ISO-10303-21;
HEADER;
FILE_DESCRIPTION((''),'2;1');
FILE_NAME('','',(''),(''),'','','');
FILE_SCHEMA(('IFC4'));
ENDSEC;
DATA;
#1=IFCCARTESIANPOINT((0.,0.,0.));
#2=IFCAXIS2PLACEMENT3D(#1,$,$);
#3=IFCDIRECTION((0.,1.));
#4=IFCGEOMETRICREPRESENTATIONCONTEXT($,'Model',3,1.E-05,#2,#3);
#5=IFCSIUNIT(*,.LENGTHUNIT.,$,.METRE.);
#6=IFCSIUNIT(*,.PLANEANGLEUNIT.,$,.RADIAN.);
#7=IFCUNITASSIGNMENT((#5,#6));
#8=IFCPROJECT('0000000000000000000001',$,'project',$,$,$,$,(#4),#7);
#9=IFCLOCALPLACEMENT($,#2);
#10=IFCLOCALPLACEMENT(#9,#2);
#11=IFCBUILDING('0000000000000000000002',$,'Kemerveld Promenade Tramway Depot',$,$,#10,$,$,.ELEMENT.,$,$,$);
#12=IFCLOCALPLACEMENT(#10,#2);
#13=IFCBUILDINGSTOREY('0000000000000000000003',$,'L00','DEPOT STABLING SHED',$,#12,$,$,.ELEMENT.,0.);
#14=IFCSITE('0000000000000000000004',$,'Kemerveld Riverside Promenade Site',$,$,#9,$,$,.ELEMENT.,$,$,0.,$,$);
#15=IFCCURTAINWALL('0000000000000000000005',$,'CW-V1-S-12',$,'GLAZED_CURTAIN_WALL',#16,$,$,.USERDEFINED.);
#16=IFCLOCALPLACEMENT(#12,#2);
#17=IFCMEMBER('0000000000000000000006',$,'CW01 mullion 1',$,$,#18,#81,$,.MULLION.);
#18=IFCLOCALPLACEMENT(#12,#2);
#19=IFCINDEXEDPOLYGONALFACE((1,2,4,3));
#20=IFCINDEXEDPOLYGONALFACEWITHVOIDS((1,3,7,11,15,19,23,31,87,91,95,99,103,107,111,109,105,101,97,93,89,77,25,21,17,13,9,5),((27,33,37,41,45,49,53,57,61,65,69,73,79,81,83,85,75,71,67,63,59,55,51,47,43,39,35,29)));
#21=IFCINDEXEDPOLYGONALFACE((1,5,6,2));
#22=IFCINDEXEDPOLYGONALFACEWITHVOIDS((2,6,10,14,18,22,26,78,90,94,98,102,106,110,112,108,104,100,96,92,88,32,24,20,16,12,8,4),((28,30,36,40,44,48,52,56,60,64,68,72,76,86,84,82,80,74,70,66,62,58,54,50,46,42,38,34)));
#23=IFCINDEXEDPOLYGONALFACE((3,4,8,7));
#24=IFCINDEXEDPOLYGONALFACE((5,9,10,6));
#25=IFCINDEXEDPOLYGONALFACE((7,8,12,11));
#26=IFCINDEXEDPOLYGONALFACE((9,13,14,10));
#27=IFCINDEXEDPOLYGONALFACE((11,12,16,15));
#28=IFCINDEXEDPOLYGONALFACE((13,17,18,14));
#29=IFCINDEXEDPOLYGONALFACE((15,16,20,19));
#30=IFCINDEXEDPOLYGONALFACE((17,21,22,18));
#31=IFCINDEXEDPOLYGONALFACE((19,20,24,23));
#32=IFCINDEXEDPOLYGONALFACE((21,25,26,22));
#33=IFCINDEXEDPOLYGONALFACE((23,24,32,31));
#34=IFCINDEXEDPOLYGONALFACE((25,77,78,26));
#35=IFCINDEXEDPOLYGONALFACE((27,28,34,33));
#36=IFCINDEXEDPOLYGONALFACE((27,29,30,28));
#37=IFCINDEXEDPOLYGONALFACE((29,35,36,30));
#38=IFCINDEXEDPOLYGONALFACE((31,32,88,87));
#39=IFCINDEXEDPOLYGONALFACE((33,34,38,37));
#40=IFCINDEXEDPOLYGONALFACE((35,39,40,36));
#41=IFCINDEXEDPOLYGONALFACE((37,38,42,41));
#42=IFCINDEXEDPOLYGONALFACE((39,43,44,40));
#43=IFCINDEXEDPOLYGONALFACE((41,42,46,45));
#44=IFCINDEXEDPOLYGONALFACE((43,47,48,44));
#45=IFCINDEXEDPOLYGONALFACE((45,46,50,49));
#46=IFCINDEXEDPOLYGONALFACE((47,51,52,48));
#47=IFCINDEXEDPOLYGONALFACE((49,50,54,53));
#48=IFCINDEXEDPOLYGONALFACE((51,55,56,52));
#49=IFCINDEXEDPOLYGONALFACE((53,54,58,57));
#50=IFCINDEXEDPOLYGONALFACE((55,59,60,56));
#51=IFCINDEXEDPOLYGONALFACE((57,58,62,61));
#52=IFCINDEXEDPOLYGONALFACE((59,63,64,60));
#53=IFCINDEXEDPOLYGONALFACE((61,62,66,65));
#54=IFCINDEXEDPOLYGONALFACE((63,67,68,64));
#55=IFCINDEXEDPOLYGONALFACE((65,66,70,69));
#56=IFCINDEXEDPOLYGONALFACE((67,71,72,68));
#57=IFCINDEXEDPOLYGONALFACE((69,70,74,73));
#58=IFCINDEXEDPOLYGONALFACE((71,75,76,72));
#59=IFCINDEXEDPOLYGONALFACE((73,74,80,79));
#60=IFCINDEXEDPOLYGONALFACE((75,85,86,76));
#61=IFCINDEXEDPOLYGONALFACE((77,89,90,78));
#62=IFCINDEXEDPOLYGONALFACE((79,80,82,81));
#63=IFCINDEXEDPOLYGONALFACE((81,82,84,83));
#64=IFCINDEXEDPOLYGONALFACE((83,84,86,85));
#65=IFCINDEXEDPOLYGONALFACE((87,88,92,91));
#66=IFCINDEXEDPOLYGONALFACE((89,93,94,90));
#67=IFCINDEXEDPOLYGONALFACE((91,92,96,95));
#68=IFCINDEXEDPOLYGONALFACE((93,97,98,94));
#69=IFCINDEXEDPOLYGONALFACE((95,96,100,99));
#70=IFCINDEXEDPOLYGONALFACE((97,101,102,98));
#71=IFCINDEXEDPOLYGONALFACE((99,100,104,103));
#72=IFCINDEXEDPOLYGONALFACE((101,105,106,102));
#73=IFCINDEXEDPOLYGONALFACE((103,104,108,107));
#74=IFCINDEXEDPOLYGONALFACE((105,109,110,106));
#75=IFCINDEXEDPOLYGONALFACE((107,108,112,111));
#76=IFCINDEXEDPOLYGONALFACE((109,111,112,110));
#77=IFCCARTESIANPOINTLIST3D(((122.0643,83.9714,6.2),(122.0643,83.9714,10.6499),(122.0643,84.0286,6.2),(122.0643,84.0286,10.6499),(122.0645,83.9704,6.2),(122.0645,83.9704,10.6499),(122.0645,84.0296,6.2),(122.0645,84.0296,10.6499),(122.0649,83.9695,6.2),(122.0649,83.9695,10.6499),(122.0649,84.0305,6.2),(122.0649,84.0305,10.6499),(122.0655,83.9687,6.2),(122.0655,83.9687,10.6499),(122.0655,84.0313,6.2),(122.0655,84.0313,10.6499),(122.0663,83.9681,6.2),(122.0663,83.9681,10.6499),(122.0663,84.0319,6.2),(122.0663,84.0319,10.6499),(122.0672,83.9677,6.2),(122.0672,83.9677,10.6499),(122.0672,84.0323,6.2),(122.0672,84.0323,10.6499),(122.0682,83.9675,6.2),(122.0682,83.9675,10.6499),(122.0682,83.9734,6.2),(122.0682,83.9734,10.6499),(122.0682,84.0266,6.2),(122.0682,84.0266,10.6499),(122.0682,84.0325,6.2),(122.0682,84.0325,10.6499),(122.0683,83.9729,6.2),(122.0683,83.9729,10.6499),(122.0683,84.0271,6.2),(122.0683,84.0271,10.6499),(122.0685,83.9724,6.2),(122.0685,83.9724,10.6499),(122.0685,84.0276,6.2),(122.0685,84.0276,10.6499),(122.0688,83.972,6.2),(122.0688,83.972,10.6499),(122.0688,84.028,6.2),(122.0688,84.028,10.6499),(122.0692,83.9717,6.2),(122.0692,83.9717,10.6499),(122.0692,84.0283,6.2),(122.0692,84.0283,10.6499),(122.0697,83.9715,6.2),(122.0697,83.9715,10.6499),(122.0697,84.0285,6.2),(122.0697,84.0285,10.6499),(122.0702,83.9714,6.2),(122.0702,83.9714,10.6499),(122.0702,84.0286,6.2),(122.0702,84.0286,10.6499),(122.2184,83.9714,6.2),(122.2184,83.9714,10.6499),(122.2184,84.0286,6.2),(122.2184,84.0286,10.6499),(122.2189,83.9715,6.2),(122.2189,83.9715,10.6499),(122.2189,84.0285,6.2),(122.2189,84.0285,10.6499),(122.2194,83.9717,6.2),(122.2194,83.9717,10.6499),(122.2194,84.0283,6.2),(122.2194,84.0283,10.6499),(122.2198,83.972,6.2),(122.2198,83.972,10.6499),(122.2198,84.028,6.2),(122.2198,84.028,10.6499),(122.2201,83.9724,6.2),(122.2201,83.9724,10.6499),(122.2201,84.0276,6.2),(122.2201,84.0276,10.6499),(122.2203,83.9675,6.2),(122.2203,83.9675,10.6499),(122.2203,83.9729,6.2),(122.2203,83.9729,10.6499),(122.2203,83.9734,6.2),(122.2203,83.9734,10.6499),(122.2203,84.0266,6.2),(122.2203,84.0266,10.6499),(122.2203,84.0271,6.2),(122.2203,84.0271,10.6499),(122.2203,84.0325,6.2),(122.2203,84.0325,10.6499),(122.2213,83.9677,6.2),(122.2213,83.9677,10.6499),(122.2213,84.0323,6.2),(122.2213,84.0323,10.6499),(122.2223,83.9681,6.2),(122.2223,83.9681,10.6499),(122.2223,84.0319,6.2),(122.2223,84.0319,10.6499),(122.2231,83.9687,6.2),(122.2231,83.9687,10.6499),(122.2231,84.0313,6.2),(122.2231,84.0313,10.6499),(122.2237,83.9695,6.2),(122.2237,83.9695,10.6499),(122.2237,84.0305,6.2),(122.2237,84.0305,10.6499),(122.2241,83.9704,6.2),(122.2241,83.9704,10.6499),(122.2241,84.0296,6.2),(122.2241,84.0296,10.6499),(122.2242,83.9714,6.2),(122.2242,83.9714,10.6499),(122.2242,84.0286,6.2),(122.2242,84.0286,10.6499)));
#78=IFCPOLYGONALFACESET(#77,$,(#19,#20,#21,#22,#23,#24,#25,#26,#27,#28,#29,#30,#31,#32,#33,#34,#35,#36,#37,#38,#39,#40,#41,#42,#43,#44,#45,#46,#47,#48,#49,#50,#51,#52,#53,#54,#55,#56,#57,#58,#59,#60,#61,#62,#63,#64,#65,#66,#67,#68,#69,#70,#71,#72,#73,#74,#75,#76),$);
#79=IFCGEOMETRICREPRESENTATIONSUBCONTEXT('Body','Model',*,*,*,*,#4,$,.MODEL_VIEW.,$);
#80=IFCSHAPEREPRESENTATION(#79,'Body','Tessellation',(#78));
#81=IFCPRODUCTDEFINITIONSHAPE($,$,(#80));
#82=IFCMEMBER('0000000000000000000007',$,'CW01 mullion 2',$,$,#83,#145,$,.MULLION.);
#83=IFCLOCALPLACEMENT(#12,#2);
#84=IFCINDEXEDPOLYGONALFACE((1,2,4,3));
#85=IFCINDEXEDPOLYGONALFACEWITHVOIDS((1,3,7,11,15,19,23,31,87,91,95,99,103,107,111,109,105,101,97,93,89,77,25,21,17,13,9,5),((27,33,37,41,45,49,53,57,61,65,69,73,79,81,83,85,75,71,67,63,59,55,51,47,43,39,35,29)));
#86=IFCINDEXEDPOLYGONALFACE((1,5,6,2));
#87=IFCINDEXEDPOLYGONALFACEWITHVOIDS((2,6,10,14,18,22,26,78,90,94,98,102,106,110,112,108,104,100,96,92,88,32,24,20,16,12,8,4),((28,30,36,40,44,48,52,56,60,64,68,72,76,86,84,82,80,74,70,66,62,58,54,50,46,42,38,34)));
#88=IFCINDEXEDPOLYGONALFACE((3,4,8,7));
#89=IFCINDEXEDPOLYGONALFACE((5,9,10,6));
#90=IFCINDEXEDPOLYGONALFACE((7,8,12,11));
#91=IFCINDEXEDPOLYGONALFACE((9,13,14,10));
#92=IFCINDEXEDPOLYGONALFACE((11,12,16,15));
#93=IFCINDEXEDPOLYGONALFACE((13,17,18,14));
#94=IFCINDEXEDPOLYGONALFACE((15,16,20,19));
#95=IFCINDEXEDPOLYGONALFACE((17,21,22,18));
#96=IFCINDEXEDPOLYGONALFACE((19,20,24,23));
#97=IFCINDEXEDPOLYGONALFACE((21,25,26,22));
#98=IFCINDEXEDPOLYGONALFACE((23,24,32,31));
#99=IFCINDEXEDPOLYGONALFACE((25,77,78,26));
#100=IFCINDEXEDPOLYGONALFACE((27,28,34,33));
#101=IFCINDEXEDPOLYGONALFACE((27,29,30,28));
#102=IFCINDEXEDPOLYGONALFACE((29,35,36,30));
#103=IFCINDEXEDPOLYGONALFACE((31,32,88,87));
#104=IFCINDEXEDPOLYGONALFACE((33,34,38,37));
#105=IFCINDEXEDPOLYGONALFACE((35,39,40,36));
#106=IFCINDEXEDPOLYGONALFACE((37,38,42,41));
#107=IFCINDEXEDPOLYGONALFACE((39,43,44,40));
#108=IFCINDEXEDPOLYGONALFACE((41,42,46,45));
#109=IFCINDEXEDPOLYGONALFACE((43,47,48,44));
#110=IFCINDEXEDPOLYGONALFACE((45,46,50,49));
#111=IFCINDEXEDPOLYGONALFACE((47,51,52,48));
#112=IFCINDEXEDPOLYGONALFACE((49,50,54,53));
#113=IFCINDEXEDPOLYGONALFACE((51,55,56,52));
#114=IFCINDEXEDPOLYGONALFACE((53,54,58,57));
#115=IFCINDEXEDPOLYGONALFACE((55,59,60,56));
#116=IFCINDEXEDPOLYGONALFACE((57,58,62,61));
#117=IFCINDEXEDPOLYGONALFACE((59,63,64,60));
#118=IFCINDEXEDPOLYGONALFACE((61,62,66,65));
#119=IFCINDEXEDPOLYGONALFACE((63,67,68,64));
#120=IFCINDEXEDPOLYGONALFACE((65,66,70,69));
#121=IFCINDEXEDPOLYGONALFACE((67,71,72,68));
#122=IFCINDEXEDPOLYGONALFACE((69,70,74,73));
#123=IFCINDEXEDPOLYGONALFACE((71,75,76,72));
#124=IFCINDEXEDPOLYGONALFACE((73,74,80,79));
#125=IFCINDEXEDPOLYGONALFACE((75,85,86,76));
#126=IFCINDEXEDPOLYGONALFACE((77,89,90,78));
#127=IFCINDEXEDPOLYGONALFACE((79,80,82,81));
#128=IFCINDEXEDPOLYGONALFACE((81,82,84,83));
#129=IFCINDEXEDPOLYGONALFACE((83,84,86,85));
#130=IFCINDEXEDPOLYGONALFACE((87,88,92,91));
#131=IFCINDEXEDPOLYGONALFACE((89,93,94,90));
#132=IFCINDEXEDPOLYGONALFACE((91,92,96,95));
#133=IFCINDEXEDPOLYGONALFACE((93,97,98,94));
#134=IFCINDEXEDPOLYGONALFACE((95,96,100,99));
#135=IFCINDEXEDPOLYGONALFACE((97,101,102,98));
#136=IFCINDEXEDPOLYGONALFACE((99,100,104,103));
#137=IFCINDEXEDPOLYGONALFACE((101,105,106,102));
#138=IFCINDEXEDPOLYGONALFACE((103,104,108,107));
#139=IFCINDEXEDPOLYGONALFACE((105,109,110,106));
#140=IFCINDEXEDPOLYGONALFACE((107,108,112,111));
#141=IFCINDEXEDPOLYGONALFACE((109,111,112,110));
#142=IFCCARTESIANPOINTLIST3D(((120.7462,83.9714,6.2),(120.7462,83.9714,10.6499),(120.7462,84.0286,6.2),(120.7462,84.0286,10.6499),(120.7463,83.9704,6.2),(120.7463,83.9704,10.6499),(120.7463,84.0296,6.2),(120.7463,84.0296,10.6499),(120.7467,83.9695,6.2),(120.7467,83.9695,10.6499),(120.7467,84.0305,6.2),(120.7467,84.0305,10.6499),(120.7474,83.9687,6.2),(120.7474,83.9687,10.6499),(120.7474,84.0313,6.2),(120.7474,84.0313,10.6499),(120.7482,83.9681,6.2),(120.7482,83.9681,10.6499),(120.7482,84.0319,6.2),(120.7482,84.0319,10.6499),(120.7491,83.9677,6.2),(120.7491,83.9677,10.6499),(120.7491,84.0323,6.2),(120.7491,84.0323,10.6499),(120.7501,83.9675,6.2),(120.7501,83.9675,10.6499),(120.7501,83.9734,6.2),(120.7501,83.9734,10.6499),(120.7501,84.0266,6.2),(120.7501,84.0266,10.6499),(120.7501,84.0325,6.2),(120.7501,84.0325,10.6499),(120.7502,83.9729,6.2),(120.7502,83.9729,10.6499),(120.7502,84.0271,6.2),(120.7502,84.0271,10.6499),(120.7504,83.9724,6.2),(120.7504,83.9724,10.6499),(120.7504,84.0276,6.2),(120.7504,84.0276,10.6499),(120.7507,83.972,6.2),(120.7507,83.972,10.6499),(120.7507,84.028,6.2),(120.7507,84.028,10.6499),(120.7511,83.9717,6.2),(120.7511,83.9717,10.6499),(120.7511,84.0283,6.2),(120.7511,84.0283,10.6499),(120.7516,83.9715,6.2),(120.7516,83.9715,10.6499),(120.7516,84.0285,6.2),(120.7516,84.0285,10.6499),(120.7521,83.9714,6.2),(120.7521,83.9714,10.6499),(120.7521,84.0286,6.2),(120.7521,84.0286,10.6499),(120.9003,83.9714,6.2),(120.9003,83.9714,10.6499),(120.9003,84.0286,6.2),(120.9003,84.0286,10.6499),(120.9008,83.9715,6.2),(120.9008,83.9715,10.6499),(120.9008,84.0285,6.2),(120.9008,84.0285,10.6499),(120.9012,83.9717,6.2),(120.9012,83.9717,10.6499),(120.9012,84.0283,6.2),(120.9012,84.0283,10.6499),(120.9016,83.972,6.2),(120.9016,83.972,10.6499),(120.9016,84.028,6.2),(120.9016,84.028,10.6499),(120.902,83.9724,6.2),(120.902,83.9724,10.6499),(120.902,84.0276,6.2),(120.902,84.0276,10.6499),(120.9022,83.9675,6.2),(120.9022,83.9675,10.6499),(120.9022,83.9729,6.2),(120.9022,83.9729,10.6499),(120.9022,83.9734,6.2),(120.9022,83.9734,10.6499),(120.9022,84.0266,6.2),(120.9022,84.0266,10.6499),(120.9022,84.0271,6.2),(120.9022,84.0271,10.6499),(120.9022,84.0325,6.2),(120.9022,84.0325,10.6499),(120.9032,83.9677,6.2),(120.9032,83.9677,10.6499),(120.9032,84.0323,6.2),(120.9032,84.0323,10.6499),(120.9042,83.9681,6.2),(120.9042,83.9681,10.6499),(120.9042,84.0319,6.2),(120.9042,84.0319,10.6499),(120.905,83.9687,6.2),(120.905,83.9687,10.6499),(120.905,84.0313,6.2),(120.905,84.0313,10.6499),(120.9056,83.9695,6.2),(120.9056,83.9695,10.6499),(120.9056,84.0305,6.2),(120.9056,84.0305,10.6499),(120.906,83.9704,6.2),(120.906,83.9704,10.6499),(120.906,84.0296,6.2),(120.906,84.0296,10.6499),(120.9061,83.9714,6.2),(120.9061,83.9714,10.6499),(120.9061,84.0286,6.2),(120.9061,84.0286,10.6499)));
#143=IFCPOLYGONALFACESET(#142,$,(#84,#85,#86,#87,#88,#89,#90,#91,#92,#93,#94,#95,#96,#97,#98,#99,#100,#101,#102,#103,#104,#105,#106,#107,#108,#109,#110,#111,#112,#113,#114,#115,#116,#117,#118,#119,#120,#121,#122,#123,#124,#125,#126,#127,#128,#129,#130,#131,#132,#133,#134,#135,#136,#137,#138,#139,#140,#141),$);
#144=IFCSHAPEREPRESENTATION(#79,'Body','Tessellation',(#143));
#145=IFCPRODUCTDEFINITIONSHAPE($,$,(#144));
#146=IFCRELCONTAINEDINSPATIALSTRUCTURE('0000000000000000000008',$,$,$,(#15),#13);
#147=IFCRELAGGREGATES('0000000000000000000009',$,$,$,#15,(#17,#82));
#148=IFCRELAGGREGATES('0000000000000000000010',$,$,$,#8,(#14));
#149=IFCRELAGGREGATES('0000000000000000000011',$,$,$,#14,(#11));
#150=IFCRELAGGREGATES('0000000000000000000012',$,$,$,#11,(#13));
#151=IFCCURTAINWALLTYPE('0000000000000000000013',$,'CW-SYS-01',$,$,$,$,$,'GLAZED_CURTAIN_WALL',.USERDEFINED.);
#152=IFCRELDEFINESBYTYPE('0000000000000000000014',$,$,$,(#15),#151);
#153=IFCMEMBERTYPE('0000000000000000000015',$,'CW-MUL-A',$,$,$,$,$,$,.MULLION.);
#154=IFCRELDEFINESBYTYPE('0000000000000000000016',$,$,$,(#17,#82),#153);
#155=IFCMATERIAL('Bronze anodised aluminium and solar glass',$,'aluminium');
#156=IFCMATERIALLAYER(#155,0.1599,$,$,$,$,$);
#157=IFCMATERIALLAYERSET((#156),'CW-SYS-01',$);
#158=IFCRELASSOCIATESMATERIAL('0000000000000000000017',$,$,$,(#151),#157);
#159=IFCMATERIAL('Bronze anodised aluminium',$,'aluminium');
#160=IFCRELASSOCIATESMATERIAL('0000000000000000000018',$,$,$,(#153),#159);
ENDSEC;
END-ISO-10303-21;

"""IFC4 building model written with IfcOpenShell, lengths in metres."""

from ifc_helpers import new_model, si_unit, direction, frame, origin, origin_2d, place, context, subcontext, project, spatial, hollow_rectangle, extrude, material, layer, layer_set, material_profile, profile_set, type_object, element, aggregate, save


model = new_model("IFC4")

# Units and contexts
model_context = context("Model", 3, precision=1e-05, world=origin(), true_north=direction((0.0, 1.0)))
body_context = subcontext(model_context, "Body", "Model", "MODEL_VIEW")
ifc_project = project(units=[si_unit("LENGTHUNIT", "METRE"), si_unit("PLANEANGLEUNIT", "RADIAN")], contexts=[model_context])

# Site, building, storey
site_placement = place(None, origin())
site = spatial("IfcSite", under=ifc_project, at=site_placement, Name="Kemerveld Riverside Promenade Site", CompositionType="ELEMENT", RefElevation=0.0)
building_placement = place(site_placement, origin())
building = spatial("IfcBuilding", under=site, at=building_placement, Name="Kemerveld Promenade Tramway Depot", CompositionType="ELEMENT")
storey_placement = place(building_placement, origin())
storey = spatial("IfcBuildingStorey", under=building, at=storey_placement, Name="L00", Description="DEPOT STABLING SHED", CompositionType="ELEMENT", Elevation=0.0)

# Curtain wall, members
ifc_material_1 = material(Name="Bronze anodised aluminium and solar glass", Category="aluminium")
ifc_layer_1 = layer(ifc_material_1, 0.1599)
ifc_layer_set_1 = layer_set([ifc_layer_1], Name="CW-SYS-01")
curtain_wall_type_1 = type_object("IfcCurtainWallType", Name="CW-SYS-01", ElementType="GLAZED_CURTAIN_WALL", PredefinedType="USERDEFINED", material=ifc_layer_set_1)
curtain_wall_1_placement = place(storey_placement, origin())
curtain_wall_1 = element("IfcCurtainWall", 1, at=curtain_wall_1_placement, inside=storey, type_object=curtain_wall_type_1, Name="CW-V1-S-12", ObjectType="GLAZED_CURTAIN_WALL", PredefinedType="USERDEFINED")
ifc_material_2 = material(Name="Bronze anodised aluminium", Category="aluminium")
ifc_material_profile_1 = material_profile(ifc_material_2, hollow_rectangle(XDim=0.0649, YDim=0.1599, WallThickness=0.0039, InnerFilletRadius=0.002, OuterFilletRadius=0.0039, at=origin_2d()), Name="CW-MUL-160x65")
ifc_profile_set_1 = profile_set([ifc_material_profile_1], Name="Bronze anodised aluminium")
member_type_1 = type_object("IfcMemberType", Name="CW-MUL-A", PredefinedType="MULLION", material=ifc_profile_set_1)
member_1_placement = place(storey_placement, frame((122.1443, 84.0, 6.2), z_axis=(0.0, 0.0, 1.0), x_axis=(0.0, -1.0, 0.0)))
member_1 = element("IfcMember", 2, at=member_1_placement, type_object=member_type_1, Name="CW01 mullion 1", PredefinedType="MULLION", context=body_context, shape_type="SweptSolid", body=[
    extrude(hollow_rectangle(XDim=0.0649, YDim=0.1599, WallThickness=0.0039, InnerFilletRadius=0.002, OuterFilletRadius=0.0039, at=origin_2d()), origin(), (0.0, 0.0, 1.0), 4.45),
])
member_2_placement = place(storey_placement, frame((120.8262, 84.0, 6.2), z_axis=(0.0, 0.0, 1.0), x_axis=(0.0, -1.0, 0.0)))
member_2 = element("IfcMember", 3, at=member_2_placement, type_object=member_type_1, Name="CW01 mullion 2", PredefinedType="MULLION", context=body_context, shape_type="SweptSolid", body=[
    extrude(hollow_rectangle(XDim=0.0649, YDim=0.1599, WallThickness=0.0039, InnerFilletRadius=0.002, OuterFilletRadius=0.0039, at=origin_2d()), origin(), (0.0, 0.0, 1.0), 4.45),
])

aggregate(curtain_wall_1, [member_1, member_2])

save(model, "model.ifc")
